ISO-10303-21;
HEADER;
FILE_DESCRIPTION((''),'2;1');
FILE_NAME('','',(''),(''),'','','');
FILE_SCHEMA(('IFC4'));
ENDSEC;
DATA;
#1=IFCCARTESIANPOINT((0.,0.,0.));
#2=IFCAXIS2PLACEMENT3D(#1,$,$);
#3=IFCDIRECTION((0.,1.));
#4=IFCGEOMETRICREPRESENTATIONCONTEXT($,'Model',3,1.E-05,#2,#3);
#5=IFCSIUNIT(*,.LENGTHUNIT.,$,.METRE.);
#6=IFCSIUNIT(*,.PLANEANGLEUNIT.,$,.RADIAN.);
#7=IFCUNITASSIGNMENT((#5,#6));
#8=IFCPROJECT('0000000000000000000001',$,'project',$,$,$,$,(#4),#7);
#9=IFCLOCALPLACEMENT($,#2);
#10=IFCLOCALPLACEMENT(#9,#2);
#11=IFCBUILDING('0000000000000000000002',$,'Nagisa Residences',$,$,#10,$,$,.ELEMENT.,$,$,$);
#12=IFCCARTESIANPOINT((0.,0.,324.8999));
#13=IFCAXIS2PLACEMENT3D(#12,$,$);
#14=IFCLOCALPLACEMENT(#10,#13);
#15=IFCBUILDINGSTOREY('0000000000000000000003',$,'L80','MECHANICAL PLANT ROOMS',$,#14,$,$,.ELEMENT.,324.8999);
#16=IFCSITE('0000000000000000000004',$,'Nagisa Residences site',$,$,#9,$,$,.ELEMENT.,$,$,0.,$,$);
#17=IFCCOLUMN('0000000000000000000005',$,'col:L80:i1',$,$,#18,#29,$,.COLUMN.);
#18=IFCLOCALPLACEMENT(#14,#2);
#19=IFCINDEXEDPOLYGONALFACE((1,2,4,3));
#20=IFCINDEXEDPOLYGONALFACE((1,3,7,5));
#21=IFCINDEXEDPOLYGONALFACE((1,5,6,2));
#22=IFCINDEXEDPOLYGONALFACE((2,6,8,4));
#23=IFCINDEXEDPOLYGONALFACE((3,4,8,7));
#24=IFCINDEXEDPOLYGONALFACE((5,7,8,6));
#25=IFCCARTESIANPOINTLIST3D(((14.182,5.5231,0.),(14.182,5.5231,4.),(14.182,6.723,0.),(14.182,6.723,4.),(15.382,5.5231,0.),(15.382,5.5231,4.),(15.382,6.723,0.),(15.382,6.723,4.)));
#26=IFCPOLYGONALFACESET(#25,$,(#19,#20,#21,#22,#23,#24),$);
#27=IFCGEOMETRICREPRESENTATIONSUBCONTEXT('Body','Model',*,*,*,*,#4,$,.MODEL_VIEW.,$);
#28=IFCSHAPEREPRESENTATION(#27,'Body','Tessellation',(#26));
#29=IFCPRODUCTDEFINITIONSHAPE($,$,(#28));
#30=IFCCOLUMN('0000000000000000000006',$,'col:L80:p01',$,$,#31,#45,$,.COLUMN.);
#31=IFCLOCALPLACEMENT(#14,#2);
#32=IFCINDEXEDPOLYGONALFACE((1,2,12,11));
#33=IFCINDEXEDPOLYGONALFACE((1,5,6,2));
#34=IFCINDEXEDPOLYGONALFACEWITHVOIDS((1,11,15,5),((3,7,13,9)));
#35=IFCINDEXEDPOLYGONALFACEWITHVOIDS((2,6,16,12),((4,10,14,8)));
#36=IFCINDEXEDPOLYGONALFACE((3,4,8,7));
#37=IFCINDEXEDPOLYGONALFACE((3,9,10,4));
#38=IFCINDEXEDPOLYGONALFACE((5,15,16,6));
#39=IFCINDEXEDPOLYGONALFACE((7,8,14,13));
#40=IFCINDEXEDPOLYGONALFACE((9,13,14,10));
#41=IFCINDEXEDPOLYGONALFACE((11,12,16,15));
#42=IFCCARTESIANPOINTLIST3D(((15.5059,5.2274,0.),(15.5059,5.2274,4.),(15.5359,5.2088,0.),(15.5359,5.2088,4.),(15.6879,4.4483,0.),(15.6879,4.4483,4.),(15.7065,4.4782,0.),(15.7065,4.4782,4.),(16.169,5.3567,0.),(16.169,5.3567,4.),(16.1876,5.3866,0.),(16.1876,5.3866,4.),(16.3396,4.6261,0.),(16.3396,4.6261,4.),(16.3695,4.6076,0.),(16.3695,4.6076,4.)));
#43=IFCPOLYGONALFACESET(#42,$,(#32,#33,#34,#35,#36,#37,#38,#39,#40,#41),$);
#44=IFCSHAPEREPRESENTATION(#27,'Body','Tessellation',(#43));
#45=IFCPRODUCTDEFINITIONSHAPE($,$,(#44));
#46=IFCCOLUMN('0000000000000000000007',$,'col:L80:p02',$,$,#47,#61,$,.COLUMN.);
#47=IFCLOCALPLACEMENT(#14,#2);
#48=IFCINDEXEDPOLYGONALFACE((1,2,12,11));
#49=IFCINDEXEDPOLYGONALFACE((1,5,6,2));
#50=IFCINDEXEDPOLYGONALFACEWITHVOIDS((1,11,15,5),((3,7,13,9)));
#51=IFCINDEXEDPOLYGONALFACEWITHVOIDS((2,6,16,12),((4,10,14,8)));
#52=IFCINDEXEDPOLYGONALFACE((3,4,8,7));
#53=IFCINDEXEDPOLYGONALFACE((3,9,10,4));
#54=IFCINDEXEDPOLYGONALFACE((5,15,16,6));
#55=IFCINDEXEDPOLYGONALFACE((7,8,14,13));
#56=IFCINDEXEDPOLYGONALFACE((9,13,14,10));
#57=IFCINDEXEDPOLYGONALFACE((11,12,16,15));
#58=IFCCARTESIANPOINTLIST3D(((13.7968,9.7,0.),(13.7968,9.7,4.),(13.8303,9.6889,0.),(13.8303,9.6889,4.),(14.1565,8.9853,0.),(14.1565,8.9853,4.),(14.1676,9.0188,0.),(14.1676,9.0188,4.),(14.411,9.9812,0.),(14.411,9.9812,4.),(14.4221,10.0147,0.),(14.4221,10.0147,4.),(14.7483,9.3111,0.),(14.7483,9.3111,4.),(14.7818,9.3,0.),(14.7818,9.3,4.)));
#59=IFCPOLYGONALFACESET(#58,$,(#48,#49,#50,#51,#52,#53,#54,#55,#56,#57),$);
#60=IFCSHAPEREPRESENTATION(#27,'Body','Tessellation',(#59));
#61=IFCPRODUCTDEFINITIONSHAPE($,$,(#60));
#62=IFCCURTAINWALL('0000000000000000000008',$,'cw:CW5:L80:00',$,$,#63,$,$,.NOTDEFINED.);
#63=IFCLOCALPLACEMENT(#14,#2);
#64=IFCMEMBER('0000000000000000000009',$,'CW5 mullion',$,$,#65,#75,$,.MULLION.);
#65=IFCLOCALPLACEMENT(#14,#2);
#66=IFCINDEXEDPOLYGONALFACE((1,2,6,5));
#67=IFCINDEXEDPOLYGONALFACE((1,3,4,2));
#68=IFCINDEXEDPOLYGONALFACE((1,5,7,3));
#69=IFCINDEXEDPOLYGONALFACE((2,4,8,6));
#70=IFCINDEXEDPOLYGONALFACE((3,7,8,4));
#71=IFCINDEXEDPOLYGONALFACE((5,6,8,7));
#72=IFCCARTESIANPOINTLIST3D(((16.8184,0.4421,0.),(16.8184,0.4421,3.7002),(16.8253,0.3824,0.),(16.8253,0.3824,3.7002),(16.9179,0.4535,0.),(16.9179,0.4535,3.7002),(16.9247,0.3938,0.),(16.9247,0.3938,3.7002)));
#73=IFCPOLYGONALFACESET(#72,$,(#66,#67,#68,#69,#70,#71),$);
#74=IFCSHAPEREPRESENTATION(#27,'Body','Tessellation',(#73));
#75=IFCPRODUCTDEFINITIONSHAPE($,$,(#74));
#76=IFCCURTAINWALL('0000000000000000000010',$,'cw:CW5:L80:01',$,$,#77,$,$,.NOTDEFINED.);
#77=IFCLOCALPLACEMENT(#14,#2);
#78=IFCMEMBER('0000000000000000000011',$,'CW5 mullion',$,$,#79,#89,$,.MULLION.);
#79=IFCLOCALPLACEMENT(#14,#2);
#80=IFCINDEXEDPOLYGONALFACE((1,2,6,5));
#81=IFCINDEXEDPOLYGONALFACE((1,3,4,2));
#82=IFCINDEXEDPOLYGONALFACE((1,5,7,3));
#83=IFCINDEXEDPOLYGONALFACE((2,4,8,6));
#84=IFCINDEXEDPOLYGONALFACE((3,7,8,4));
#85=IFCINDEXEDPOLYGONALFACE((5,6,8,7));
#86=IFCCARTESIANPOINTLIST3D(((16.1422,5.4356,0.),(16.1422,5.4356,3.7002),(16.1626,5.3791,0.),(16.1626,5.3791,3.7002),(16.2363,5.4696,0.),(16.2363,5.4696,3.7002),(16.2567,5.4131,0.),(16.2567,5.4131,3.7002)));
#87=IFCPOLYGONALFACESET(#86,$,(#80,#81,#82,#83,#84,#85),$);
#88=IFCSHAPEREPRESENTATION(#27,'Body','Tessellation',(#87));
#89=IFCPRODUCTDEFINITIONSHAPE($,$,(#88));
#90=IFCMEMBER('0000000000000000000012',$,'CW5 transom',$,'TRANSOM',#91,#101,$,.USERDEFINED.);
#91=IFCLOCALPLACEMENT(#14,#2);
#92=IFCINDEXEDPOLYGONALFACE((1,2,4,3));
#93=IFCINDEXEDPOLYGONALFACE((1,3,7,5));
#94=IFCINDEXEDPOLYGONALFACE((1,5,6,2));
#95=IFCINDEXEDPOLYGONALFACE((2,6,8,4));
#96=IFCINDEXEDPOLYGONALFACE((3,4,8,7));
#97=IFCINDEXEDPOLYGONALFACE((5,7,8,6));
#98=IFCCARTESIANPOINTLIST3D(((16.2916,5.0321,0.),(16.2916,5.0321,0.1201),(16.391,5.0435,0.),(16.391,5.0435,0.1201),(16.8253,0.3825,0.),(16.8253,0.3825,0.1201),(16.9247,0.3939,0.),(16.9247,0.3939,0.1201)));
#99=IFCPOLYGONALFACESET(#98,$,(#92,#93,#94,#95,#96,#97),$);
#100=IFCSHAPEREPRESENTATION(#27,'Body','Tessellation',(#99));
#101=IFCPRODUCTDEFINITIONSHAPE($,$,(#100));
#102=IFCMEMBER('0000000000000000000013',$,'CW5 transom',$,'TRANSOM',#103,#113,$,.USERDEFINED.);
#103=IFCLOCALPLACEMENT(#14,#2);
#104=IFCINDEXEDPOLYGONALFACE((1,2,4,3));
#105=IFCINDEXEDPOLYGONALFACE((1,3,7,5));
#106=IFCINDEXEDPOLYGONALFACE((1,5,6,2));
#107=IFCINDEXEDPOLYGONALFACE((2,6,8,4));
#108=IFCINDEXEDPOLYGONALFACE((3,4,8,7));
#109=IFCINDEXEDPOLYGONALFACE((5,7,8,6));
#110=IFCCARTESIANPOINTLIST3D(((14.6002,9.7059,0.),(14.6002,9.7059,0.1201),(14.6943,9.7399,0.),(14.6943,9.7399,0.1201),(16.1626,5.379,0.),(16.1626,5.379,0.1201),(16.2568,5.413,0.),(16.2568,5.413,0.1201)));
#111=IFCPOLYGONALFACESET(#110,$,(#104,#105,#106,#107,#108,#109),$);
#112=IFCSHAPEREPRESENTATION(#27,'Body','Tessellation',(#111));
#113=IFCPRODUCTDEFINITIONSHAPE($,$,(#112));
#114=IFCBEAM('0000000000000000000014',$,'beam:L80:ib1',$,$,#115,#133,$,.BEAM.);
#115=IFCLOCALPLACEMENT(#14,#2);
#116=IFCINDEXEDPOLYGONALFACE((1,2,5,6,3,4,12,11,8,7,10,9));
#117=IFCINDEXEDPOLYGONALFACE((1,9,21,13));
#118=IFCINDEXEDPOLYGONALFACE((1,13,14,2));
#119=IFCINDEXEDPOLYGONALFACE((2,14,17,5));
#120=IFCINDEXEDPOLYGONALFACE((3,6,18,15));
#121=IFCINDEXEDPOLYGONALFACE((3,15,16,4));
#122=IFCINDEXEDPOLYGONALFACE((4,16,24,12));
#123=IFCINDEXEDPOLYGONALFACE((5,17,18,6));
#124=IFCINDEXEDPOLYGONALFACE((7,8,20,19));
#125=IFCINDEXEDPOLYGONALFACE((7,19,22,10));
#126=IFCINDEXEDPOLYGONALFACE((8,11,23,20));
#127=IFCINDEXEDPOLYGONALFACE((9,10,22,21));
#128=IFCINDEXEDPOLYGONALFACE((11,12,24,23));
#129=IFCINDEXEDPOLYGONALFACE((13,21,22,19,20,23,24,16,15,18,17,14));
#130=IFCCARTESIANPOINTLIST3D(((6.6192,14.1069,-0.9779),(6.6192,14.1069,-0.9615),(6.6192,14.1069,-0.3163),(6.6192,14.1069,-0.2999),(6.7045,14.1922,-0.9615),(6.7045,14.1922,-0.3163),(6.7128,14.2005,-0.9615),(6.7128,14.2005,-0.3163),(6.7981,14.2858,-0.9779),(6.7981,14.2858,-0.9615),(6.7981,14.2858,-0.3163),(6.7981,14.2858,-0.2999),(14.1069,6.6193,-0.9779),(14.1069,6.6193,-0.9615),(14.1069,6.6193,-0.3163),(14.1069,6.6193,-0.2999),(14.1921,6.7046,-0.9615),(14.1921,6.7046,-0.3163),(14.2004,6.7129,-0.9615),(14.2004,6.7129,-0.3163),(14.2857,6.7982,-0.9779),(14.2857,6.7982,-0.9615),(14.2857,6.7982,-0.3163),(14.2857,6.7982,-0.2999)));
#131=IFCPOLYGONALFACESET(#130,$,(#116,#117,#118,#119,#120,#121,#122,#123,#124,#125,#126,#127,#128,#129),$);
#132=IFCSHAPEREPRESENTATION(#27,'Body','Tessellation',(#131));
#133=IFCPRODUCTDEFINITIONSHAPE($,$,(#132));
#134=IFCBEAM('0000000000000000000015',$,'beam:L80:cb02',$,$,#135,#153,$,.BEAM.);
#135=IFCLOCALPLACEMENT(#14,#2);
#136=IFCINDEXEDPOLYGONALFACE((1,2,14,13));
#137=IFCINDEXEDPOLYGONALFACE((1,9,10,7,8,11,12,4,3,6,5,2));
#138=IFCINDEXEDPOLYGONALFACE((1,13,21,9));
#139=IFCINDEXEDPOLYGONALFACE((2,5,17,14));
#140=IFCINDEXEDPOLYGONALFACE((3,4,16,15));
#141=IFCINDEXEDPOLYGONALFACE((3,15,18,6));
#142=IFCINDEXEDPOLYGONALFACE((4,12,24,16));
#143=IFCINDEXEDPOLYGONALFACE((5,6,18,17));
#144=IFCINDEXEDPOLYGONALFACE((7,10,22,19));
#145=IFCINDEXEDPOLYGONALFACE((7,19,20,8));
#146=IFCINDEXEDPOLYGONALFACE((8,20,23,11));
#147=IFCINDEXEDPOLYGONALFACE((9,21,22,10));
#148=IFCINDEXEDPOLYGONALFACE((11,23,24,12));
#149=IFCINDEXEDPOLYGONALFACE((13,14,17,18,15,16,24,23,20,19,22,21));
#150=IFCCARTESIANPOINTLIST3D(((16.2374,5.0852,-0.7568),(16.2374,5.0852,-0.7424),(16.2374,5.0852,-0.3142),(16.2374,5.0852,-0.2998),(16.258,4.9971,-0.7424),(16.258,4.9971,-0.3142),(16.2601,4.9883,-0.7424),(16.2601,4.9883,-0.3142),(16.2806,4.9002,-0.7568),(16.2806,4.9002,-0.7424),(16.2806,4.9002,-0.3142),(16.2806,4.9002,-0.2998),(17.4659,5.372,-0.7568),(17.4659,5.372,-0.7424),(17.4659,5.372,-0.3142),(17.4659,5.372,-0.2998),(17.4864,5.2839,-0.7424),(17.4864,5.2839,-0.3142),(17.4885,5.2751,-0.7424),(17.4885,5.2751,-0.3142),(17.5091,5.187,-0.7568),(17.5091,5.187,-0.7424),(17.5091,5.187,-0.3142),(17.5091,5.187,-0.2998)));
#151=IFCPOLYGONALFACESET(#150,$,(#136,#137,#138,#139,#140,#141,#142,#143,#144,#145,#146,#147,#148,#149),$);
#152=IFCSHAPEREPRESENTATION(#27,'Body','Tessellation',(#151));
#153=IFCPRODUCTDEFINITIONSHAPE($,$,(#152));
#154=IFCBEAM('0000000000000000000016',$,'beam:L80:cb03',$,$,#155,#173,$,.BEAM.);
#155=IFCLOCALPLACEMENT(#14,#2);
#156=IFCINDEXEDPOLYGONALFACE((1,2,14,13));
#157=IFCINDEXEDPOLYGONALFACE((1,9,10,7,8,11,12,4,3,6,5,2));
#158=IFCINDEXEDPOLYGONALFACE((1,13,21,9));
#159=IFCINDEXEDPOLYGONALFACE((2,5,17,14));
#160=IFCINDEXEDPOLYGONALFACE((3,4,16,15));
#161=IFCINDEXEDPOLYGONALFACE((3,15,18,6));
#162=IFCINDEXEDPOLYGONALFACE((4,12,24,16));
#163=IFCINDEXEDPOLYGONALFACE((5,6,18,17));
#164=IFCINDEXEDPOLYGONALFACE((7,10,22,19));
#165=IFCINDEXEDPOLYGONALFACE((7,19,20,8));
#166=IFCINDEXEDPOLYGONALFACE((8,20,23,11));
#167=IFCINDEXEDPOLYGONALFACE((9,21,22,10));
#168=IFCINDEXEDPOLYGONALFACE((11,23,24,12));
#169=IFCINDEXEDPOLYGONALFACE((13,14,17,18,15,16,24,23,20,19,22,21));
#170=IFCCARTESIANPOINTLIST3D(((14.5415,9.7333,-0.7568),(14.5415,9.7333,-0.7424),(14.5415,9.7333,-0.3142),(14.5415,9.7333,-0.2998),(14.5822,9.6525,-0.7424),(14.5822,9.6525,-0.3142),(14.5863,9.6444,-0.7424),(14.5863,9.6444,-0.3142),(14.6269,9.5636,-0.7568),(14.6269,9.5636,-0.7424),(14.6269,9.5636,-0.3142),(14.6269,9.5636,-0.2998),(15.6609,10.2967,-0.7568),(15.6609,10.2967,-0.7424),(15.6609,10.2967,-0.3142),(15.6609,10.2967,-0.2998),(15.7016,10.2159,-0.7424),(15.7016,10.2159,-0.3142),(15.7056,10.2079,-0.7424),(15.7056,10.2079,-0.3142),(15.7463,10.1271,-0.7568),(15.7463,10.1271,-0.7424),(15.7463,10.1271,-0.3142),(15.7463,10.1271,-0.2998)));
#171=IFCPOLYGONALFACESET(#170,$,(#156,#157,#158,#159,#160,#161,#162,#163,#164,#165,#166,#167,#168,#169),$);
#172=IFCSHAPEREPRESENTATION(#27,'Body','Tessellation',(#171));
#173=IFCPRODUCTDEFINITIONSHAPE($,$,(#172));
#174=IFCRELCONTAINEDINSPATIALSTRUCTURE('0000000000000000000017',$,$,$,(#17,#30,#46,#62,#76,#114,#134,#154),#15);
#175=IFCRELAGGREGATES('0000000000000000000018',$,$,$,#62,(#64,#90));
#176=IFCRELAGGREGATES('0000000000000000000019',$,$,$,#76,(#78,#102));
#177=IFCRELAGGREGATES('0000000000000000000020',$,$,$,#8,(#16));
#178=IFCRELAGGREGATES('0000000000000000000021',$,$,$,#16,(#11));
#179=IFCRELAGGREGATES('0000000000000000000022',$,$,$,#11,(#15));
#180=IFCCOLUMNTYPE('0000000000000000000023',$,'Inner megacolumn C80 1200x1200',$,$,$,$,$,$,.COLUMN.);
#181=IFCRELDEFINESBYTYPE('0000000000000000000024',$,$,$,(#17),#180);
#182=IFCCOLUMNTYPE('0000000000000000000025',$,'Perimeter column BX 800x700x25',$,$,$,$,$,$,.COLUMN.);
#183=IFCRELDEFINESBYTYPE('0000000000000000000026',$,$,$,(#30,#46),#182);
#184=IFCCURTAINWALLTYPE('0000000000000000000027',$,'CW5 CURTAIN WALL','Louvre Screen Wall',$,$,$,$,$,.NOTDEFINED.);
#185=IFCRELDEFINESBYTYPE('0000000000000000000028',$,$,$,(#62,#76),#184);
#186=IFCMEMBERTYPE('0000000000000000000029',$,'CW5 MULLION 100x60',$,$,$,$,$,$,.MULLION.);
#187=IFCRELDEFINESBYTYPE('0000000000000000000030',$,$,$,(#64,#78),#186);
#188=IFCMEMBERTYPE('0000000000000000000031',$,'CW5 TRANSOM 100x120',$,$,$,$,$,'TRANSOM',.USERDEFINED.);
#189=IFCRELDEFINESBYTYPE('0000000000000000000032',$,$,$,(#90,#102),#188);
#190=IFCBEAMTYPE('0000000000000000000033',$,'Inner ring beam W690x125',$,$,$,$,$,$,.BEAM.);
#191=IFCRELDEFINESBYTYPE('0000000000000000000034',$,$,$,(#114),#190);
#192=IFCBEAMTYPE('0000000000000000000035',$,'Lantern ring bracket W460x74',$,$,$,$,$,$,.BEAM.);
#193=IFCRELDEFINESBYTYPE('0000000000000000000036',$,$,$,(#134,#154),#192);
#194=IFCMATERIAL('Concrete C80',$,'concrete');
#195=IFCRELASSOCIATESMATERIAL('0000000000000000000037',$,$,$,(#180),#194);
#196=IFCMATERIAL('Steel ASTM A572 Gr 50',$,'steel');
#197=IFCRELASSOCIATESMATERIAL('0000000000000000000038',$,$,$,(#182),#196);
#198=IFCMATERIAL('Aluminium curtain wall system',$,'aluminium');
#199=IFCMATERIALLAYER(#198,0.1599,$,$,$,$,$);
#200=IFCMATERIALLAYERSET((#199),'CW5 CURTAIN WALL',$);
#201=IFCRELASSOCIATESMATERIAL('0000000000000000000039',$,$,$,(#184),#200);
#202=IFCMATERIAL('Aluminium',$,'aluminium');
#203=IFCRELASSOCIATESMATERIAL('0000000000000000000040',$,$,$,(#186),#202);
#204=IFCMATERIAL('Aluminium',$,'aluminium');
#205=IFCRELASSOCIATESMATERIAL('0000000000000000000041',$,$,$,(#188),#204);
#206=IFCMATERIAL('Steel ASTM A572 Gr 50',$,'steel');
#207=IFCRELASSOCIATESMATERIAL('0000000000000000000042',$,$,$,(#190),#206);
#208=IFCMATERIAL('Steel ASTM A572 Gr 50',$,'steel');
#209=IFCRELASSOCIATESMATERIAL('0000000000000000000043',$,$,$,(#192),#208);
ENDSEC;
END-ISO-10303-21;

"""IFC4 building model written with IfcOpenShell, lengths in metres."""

from ifc_helpers import new_model, si_unit, direction, frame, origin, origin_2d, place, context, subcontext, project, spatial, rectangle, hollow_rectangle, i_section, extrude, material, layer, layer_set, material_profile, profile_set, type_object, element, aggregate, save


model = new_model("IFC4")

# Units and contexts
model_context = context("Model", 3, precision=1e-05, world=origin(), true_north=direction((0.0, 1.0)))
body_context = subcontext(model_context, "Body", "Model", "MODEL_VIEW")
ifc_project = project(units=[si_unit("LENGTHUNIT", "METRE"), si_unit("PLANEANGLEUNIT", "RADIAN")], contexts=[model_context])

# Site, building, storey
site_placement = place(None, origin())
site = spatial("IfcSite", under=ifc_project, at=site_placement, Name="Nagisa Residences site", CompositionType="ELEMENT", RefElevation=0.0)
building_placement = place(site_placement, origin())
building = spatial("IfcBuilding", under=site, at=building_placement, Name="Nagisa Residences", CompositionType="ELEMENT")
storey_placement = place(building_placement, frame((0.0, 0.0, 324.8999)))
storey = spatial("IfcBuildingStorey", under=building, at=storey_placement, Name="L80", Description="MECHANICAL PLANT ROOMS", CompositionType="ELEMENT", Elevation=324.8999)

# Columns
ifc_material_1 = material(Name="Concrete C80", Category="concrete")
ifc_material_profile_1 = material_profile(ifc_material_1, rectangle(XDim=1.2, YDim=1.2, at=origin_2d()), Name="C80 1200x1200")
ifc_profile_set_1 = profile_set([ifc_material_profile_1], Name="Concrete C80")
column_type_1 = type_object("IfcColumnType", Name="Inner megacolumn C80 1200x1200", PredefinedType="COLUMN", material=ifc_profile_set_1)
column_placement = place(storey_placement, frame((14.782, 6.123, 0.0), z_axis=(0.0, 0.0, 1.0), x_axis=(1.0, 0.0, 0.0)))
element("IfcColumn", 1, at=column_placement, inside=storey, type_object=column_type_1, Name="col:L80:i1", PredefinedType="COLUMN", context=body_context, shape_type="SweptSolid", body=[
    extrude(rectangle(XDim=1.2, YDim=1.2, at=origin_2d()), origin(), (0.0, 0.0, 1.0), 4.0),
])
ifc_material_2 = material(Name="Steel ASTM A572 Gr 50", Category="steel")
ifc_material_profile_2 = material_profile(ifc_material_2, hollow_rectangle(XDim=0.8, YDim=0.7, WallThickness=0.0249, at=origin_2d()), Name="BX 800x700x25")
ifc_profile_set_2 = profile_set([ifc_material_profile_2], Name="Steel ASTM A572 Gr 50")
column_type_2 = type_object("IfcColumnType", Name="Perimeter column BX 800x700x25", PredefinedType="COLUMN", material=ifc_profile_set_2)
for number, where, z_axis, x_axis, name in (
    (2, (15.9377, 4.9175, 0.0), (0.0, 0.0, 1.0), (-0.227473, 0.973784, 0.0), "col:L80:p01"),
    (3, (14.2893, 9.5, 0.0), (0.0, 0.0, 1.0), (-0.449592, 0.893234, 0.0), "col:L80:p02"),
):
    element("IfcColumn", number, at=place(storey_placement, frame(where, z_axis=z_axis, x_axis=x_axis)), inside=storey, type_object=column_type_2, Name=name, PredefinedType="COLUMN", context=body_context, shape_type="SweptSolid", body=[
        extrude(hollow_rectangle(XDim=0.8, YDim=0.7, WallThickness=0.0249, at=origin_2d()), origin(), (0.0, 0.0, 1.0), 4.0),
    ])

# Curtain walls, members
ifc_material_3 = material(Name="Aluminium curtain wall system", Category="aluminium")
ifc_layer_1 = layer(ifc_material_3, 0.1599)
ifc_layer_set_1 = layer_set([ifc_layer_1], Name="CW5 CURTAIN WALL")
curtain_wall_type = type_object("IfcCurtainWallType", Name="CW5 CURTAIN WALL", Description="Louvre Screen Wall", PredefinedType="NOTDEFINED", material=ifc_layer_set_1)
curtain_wall_1_placement = place(storey_placement, origin())
curtain_wall_1 = element("IfcCurtainWall", 4, at=curtain_wall_1_placement, inside=storey, type_object=curtain_wall_type, Name="cw:CW5:L80:00", PredefinedType="NOTDEFINED")
ifc_material_4 = material(Name="Aluminium", Category="aluminium")
ifc_material_profile_3 = material_profile(ifc_material_4, rectangle(XDim=0.1001, YDim=0.0601, at=origin_2d()), Name="CW5 MULLION 100x60")
ifc_profile_set_3 = profile_set([ifc_material_profile_3], Name="Aluminium")
member_type_1 = type_object("IfcMemberType", Name="CW5 MULLION 100x60", PredefinedType="MULLION", material=ifc_profile_set_3)
member_1_placement = place(storey_placement, frame((16.8716, 0.418, 0.0), z_axis=(0.0, 0.0, 1.0), x_axis=(-0.993478, -0.114025, 0.0)))
member_1 = element("IfcMember", 5, at=member_1_placement, type_object=member_type_1, Name="CW5 mullion", PredefinedType="MULLION", context=body_context, shape_type="SweptSolid", body=[
    extrude(rectangle(XDim=0.1001, YDim=0.0601, at=origin_2d()), origin(), (0.0, 0.0, 1.0), 3.7002),
])
curtain_wall_2_placement = place(storey_placement, origin())
curtain_wall_2 = element("IfcCurtainWall", 6, at=curtain_wall_2_placement, inside=storey, type_object=curtain_wall_type, Name="cw:CW5:L80:01", PredefinedType="NOTDEFINED")
member_2_placement = place(storey_placement, frame((16.1995, 5.4243, 0.0), z_axis=(0.0, 0.0, 1.0), x_axis=(-0.940554, -0.339643, 0.0)))
member_2 = element("IfcMember", 7, at=member_2_placement, type_object=member_type_1, Name="CW5 mullion", PredefinedType="MULLION", context=body_context, shape_type="SweptSolid", body=[
    extrude(rectangle(XDim=0.1001, YDim=0.0601, at=origin_2d()), origin(), (0.0, 0.0, 1.0), 3.7002),
])

# Members
ifc_material_5 = material(Name="Aluminium", Category="aluminium")
ifc_material_profile_4 = material_profile(ifc_material_5, rectangle(XDim=0.1001, YDim=0.1201, at=origin_2d()), Name="CW5 TRANSOM 100x120")
ifc_profile_set_4 = profile_set([ifc_material_profile_4], Name="Aluminium")
member_type_2 = type_object("IfcMemberType", Name="CW5 TRANSOM 100x120", ElementType="TRANSOM", PredefinedType="USERDEFINED", material=ifc_profile_set_4)
member_3_placement = place(storey_placement, frame((16.875, 0.3882, 0.0601), z_axis=(-0.114032, 0.993477, 0.0), x_axis=(-0.993477, -0.114032, 0.0)))
member_3 = element("IfcMember", 8, at=member_3_placement, type_object=member_type_2, Name="CW5 transom", ObjectType="TRANSOM", PredefinedType="USERDEFINED", context=body_context, shape_type="SweptSolid", body=[
    extrude(rectangle(XDim=0.1001, YDim=0.1201, at=origin_2d()), origin(), (0.0, 0.0, 1.0), 4.6802),
])
member_4_placement = place(storey_placement, frame((16.2097, 5.396, 0.0601), z_axis=(-0.339646, 0.940553, 0.0), x_axis=(-0.940553, -0.339646, 0.0)))
member_4 = element("IfcMember", 9, at=member_4_placement, type_object=member_type_2, Name="CW5 transom", ObjectType="TRANSOM", PredefinedType="USERDEFINED", context=body_context, shape_type="SweptSolid", body=[
    extrude(rectangle(XDim=0.1001, YDim=0.1201, at=origin_2d()), origin(), (0.0, 0.0, 1.0), 4.6003),
])

# Beams
ifc_material_6 = material(Name="Steel ASTM A572 Gr 50", Category="steel")
ifc_material_profile_5 = material_profile(ifc_material_6, i_section(OverallWidth=0.2529, OverallDepth=0.678, WebThickness=0.0117, FlangeThickness=0.0164, at=origin_2d()), Name="W690x125")
ifc_profile_set_5 = profile_set([ifc_material_profile_5], Name="Steel ASTM A572 Gr 50")
beam_type_1 = type_object("IfcBeamType", Name="Inner ring beam W690x125", PredefinedType="BEAM", material=ifc_profile_set_5)
beam_1_placement = place(storey_placement, frame((14.1963, 6.7087, -0.6389), z_axis=(-0.707107, 0.707107, 0.0), x_axis=(-0.707107, -0.707107, 0.0)))
element("IfcBeam", 10, at=beam_1_placement, inside=storey, type_object=beam_type_1, Name="beam:L80:ib1", PredefinedType="BEAM", context=body_context, shape_type="SweptSolid", body=[
    extrude(i_section(OverallWidth=0.2529, OverallDepth=0.678, WebThickness=0.0117, FlangeThickness=0.0164, at=origin_2d()), origin(), (0.0, 0.0, 1.0), 10.5891),
])
ifc_material_7 = material(Name="Steel ASTM A572 Gr 50", Category="steel")
ifc_material_profile_6 = material_profile(ifc_material_7, i_section(OverallWidth=0.1899, OverallDepth=0.457, WebThickness=0.009, FlangeThickness=0.0144, at=origin_2d()), Name="W460x74")
ifc_profile_set_6 = profile_set([ifc_material_profile_6], Name="Steel ASTM A572 Gr 50")
beam_type_2 = type_object("IfcBeamType", Name="Lantern ring bracket W460x74", PredefinedType="BEAM", material=ifc_profile_set_6)
beam_2_placement = place(storey_placement, frame((16.259, 4.9927, -0.5283), z_axis=(0.973804, 0.227389, 0.0), x_axis=(-0.227389, 0.973804, 0.0)))
element("IfcBeam", 11, at=beam_2_placement, inside=storey, type_object=beam_type_2, Name="beam:L80:cb02", PredefinedType="BEAM", context=body_context, shape_type="SweptSolid", body=[
    extrude(i_section(OverallWidth=0.1899, OverallDepth=0.457, WebThickness=0.009, FlangeThickness=0.0144, at=origin_2d()), origin(), (0.0, 0.0, 1.0), 1.2615),
])
beam_3_placement = place(storey_placement, frame((14.5842, 9.6484, -0.5283), z_axis=(0.893216, 0.449628, 0.0), x_axis=(-0.449628, 0.893216, 0.0)))
element("IfcBeam", 12, at=beam_3_placement, inside=storey, type_object=beam_type_2, Name="beam:L80:cb03", PredefinedType="BEAM", context=body_context, shape_type="SweptSolid", body=[
    extrude(i_section(OverallWidth=0.1899, OverallDepth=0.457, WebThickness=0.009, FlangeThickness=0.0144, at=origin_2d()), origin(), (0.0, 0.0, 1.0), 1.2532),
])

aggregate(curtain_wall_1, [member_1, member_3])
aggregate(curtain_wall_2, [member_2, member_4])

save(model, "model.ifc")
